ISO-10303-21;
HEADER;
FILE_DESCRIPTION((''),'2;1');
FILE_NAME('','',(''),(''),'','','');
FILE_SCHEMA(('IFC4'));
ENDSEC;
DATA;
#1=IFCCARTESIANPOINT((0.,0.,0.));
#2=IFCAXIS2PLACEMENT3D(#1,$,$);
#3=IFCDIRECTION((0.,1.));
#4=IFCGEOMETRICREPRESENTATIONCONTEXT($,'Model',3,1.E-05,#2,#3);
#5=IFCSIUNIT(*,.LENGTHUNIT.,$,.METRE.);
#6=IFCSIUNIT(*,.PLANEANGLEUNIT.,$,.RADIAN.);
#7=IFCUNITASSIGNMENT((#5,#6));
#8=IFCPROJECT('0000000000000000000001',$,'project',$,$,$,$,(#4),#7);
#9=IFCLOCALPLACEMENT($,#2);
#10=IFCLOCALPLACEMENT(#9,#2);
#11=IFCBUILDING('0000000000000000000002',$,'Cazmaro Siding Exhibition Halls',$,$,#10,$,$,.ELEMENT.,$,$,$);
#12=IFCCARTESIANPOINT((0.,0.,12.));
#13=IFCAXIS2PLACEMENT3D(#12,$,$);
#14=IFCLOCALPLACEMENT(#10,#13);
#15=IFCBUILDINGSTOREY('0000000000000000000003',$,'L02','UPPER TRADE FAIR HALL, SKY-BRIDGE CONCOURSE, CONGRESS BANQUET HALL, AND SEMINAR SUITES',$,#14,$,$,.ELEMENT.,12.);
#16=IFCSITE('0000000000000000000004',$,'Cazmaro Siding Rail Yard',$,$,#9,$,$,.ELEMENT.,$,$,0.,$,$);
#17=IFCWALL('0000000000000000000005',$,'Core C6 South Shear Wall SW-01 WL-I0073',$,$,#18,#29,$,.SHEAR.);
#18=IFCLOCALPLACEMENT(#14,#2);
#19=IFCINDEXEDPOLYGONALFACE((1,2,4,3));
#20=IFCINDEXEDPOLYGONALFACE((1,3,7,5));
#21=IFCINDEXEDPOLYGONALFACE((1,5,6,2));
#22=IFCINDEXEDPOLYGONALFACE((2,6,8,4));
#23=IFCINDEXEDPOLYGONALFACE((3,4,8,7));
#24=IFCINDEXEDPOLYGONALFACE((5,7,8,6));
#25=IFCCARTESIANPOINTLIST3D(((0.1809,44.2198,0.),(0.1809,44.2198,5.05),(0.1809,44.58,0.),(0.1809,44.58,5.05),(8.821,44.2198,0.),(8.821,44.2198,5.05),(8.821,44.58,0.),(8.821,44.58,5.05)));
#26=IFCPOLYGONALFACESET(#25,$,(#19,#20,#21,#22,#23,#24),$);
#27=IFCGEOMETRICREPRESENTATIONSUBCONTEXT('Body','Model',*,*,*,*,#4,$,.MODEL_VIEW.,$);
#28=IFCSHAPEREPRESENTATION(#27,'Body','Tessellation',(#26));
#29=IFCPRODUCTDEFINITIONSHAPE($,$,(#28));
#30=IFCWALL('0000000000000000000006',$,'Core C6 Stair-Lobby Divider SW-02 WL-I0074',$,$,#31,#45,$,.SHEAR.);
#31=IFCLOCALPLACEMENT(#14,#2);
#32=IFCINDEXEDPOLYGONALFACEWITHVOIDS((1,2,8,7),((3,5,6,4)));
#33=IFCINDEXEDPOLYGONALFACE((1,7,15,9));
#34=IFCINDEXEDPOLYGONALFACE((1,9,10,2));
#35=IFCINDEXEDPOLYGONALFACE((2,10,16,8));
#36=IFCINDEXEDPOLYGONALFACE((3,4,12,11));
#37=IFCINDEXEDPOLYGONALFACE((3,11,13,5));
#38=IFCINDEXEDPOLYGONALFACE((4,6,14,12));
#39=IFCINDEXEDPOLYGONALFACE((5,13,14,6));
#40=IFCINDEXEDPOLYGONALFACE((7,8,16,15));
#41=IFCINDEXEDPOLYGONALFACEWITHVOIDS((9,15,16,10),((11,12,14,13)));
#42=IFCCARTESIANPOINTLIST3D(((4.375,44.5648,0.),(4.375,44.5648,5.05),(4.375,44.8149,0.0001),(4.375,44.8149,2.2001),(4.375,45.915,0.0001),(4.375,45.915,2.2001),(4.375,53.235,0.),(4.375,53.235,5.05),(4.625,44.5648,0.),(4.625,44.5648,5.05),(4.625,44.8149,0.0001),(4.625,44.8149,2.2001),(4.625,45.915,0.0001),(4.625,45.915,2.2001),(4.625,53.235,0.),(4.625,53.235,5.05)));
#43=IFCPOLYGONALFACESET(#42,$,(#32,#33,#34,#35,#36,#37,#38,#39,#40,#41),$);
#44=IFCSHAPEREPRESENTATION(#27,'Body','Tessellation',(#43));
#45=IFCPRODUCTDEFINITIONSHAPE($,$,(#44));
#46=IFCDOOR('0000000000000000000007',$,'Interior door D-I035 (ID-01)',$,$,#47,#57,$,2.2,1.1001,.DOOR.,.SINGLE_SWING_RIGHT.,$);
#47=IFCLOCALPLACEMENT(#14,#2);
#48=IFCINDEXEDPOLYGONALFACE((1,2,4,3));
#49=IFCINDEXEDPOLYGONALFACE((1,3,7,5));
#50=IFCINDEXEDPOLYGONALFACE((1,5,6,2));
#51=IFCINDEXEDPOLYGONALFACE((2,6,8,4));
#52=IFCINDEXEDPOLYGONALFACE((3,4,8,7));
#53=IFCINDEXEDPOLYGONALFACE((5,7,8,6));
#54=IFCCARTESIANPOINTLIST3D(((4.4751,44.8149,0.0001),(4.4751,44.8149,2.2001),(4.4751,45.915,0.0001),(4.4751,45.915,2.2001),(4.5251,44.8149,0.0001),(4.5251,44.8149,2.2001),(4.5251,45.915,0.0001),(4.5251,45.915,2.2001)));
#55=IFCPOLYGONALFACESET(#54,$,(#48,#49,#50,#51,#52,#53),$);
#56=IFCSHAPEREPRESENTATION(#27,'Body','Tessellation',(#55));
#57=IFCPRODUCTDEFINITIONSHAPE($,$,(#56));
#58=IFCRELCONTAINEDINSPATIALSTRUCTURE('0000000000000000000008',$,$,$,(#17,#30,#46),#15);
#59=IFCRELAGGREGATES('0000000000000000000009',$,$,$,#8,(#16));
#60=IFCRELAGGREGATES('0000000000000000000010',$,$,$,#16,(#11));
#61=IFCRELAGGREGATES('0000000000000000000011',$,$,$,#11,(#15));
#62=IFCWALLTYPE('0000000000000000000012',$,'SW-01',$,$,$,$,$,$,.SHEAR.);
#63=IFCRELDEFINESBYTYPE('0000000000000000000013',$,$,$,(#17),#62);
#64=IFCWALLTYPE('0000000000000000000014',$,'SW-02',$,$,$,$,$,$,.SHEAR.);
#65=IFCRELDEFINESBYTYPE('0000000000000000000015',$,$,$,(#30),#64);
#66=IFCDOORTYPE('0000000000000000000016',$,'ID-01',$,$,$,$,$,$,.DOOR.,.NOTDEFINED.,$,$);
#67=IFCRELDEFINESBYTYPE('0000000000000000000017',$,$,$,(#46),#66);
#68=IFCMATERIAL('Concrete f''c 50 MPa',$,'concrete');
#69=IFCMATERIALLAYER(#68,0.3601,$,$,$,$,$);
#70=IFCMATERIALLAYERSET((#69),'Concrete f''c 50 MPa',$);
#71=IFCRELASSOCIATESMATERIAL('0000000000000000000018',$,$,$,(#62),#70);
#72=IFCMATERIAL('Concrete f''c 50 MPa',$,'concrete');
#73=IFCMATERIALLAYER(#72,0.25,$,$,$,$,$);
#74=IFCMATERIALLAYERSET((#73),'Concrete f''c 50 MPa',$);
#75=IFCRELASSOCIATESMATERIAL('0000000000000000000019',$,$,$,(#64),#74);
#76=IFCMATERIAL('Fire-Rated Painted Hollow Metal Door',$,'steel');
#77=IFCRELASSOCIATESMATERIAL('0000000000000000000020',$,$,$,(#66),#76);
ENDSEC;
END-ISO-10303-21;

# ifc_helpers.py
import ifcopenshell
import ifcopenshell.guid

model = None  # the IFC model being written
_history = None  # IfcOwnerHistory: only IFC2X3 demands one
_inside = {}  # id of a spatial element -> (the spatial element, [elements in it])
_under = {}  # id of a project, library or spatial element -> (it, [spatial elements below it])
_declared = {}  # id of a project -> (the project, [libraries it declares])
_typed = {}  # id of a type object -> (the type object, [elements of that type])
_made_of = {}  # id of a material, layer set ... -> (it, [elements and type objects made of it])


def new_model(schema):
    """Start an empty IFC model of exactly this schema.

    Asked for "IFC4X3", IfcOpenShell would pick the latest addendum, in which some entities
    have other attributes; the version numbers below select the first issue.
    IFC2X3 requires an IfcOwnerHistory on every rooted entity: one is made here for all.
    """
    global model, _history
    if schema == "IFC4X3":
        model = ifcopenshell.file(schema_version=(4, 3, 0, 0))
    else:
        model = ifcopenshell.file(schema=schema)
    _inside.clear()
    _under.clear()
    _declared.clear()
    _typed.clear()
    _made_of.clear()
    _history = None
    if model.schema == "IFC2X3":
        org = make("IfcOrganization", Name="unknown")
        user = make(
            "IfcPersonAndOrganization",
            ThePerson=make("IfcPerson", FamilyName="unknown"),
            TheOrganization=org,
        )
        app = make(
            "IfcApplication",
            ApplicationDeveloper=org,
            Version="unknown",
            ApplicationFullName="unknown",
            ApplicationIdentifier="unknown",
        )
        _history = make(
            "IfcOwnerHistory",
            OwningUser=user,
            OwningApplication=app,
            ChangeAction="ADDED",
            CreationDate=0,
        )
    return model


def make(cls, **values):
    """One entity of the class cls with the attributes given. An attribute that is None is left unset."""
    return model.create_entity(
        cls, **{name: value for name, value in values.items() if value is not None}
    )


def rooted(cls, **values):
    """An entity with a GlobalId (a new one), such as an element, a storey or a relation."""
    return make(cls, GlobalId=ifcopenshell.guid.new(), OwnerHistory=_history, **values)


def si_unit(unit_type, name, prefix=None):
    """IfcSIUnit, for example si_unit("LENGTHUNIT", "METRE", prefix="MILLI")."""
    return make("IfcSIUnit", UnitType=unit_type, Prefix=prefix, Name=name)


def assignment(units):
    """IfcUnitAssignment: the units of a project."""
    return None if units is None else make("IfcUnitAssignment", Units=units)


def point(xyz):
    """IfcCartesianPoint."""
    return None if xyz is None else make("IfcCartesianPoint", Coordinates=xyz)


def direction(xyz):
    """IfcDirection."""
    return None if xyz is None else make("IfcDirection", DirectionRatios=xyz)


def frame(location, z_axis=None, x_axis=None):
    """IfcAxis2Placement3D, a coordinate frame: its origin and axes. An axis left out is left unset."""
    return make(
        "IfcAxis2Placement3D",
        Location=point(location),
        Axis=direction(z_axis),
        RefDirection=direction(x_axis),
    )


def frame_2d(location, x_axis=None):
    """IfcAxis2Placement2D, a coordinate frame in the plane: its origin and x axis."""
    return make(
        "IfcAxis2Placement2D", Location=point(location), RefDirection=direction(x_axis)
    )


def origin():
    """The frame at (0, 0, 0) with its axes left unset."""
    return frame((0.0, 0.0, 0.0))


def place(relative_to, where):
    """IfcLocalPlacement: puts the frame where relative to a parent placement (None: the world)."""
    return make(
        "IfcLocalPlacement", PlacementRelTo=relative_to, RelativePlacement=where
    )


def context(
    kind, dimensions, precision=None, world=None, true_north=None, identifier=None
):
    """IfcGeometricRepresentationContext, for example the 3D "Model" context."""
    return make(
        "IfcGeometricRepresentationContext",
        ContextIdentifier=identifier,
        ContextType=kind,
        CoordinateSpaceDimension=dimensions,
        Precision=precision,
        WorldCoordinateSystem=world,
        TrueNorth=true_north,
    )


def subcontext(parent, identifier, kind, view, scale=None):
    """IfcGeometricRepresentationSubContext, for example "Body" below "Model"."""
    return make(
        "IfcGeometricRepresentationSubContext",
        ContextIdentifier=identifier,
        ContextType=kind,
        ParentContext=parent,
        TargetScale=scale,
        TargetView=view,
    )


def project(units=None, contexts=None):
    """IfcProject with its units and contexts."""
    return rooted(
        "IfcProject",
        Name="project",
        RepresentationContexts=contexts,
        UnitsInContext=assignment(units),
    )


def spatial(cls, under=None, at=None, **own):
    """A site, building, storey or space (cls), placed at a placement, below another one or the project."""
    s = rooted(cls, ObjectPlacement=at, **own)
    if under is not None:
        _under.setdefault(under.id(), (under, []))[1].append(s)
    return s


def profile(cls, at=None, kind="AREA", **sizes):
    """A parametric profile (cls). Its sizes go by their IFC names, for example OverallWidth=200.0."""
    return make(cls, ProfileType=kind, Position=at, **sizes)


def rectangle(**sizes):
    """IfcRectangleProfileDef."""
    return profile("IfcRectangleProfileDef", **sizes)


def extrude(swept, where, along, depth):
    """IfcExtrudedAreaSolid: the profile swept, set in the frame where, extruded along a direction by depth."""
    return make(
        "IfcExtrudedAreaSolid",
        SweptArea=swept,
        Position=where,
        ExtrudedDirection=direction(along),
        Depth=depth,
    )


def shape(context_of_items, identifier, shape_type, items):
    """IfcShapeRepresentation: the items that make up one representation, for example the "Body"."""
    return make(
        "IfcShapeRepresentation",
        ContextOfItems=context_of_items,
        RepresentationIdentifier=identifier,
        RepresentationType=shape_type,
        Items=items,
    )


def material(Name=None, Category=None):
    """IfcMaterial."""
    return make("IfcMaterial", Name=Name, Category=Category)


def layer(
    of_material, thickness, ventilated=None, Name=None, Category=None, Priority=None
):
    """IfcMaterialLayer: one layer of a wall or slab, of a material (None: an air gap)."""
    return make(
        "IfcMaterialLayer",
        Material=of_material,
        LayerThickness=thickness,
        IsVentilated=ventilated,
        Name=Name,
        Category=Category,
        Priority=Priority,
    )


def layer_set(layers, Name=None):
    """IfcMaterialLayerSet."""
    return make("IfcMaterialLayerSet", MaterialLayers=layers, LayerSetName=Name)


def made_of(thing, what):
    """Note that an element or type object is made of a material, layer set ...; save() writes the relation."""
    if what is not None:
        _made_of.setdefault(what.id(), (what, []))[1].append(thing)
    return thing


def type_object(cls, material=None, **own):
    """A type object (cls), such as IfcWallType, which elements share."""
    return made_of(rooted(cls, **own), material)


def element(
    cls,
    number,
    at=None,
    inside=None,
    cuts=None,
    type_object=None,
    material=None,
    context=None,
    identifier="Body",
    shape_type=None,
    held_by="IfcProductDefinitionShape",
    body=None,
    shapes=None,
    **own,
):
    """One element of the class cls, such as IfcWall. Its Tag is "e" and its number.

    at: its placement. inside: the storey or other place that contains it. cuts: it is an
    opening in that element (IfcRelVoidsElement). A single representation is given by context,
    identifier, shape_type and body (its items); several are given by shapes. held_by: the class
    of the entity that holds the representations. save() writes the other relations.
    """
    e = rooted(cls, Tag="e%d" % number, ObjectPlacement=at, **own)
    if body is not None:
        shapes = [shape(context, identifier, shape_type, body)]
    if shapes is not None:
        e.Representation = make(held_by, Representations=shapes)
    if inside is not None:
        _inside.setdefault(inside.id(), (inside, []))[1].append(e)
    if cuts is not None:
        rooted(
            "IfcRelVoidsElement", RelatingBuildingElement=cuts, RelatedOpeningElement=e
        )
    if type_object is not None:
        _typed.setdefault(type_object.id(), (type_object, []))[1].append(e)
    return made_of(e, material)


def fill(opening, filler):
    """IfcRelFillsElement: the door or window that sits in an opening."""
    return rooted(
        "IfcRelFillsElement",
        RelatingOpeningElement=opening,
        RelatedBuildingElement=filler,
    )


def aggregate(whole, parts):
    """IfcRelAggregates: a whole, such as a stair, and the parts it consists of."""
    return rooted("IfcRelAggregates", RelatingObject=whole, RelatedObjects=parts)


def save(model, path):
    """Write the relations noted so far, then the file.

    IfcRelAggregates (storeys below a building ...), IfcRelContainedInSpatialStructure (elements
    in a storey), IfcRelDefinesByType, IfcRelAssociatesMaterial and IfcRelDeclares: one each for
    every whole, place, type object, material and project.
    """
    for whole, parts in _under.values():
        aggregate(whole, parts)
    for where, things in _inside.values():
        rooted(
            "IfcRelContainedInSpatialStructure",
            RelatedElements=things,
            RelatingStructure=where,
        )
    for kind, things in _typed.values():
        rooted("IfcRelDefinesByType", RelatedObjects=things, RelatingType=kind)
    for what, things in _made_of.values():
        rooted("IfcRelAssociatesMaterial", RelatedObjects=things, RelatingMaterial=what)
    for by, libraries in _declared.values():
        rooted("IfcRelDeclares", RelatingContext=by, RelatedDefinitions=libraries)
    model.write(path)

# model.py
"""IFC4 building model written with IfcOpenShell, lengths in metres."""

from ifc_helpers import new_model, si_unit, direction, frame, frame_2d, origin, place, context, subcontext, project, spatial, rectangle, extrude, material, layer, layer_set, type_object, element, fill, save


model = new_model("IFC4")

# Units and contexts
model_context = context("Model", 3, precision=1e-05, world=origin(), true_north=direction((0.0, 1.0)))
body_context = subcontext(model_context, "Body", "Model", "MODEL_VIEW")
ifc_project = project(units=[si_unit("LENGTHUNIT", "METRE"), si_unit("PLANEANGLEUNIT", "RADIAN")], contexts=[model_context])

# Site, building, storey
site_placement = place(None, origin())
site = spatial("IfcSite", under=ifc_project, at=site_placement, Name="Cazmaro Siding Rail Yard", CompositionType="ELEMENT", RefElevation=0.0)
building_placement = place(site_placement, origin())
building = spatial("IfcBuilding", under=site, at=building_placement, Name="Cazmaro Siding Exhibition Halls", CompositionType="ELEMENT")
storey_placement = place(building_placement, frame((0.0, 0.0, 12.0)))
storey = spatial("IfcBuildingStorey", under=building, at=storey_placement, Name="L02", Description="UPPER TRADE FAIR HALL, SKY-BRIDGE CONCOURSE, CONGRESS BANQUET HALL, AND SEMINAR SUITES", CompositionType="ELEMENT", Elevation=12.0)

# Wall
ifc_material_1 = material(Name="Concrete f'c 50 MPa", Category="concrete")
ifc_layer_1 = layer(ifc_material_1, 0.3601)
ifc_layer_set_1 = layer_set([ifc_layer_1], Name="Concrete f'c 50 MPa")
wall_type_1 = type_object("IfcWallType", Name="SW-01", PredefinedType="SHEAR", material=ifc_layer_set_1)
wall_1_placement = place(storey_placement, frame((0.1809, 44.3999, 0.0), z_axis=(0.0, 0.0, 1.0), x_axis=(1.0, 0.0, 0.0)))
element("IfcWall", 1, at=wall_1_placement, inside=storey, type_object=wall_type_1, Name="Core C6 South Shear Wall SW-01 WL-I0073", PredefinedType="SHEAR", context=body_context, shape_type="SweptSolid", body=[
    extrude(rectangle(XDim=8.6401, YDim=0.3601, at=frame_2d((4.3201, 0.0))), origin(), (0.0, 0.0, 1.0), 5.05),
])

# Wall, opening, door
ifc_material_2 = material(Name="Concrete f'c 50 MPa", Category="concrete")
ifc_layer_2 = layer(ifc_material_2, 0.25)
ifc_layer_set_2 = layer_set([ifc_layer_2], Name="Concrete f'c 50 MPa")
wall_type_2 = type_object("IfcWallType", Name="SW-02", PredefinedType="SHEAR", material=ifc_layer_set_2)
wall_2_placement = place(storey_placement, frame((4.5, 44.5649, 0.0), z_axis=(0.0, 0.0, 1.0), x_axis=(0.0, 1.0, 0.0)))
wall_2 = element("IfcWall", 2, at=wall_2_placement, inside=storey, type_object=wall_type_2, Name="Core C6 Stair-Lobby Divider SW-02 WL-I0074", PredefinedType="SHEAR", context=body_context, shape_type="SweptSolid", body=[
    extrude(rectangle(XDim=8.6702, YDim=0.25, at=frame_2d((4.335, 0.0))), origin(), (0.0, 0.0, 1.0), 5.05),
])
opening_1_placement = place(wall_2_placement, frame((0.25, 0.0, 0.0)))
opening_1 = element("IfcOpeningElement", 3, at=opening_1_placement, cuts=wall_2, PredefinedType="OPENING", context=body_context, shape_type="SweptSolid", body=[
    extrude(rectangle(XDim=1.1001, YDim=2.2, at=frame_2d((0.55, 1.1001))), frame((0.0, 0.135, 0.0), z_axis=(0.0, -1.0, 0.0), x_axis=(1.0, 0.0, 0.0)), (0.0, 0.0, 1.0), 0.27),
])
ifc_material_3 = material(Name="Fire-Rated Painted Hollow Metal Door", Category="steel")
door_type = type_object("IfcDoorType", Name="ID-01", OperationType="NOTDEFINED", PredefinedType="DOOR", material=ifc_material_3)
door_placement = place(opening_1_placement, origin())
door = element("IfcDoor", 4, at=door_placement, inside=storey, type_object=door_type, Name="Interior door D-I035 (ID-01)", OperationType="SINGLE_SWING_RIGHT", OverallHeight=2.2, OverallWidth=1.1001, PredefinedType="DOOR", context=body_context, shape_type="SweptSolid", body=[
    extrude(rectangle(XDim=1.1001, YDim=2.2, at=frame_2d((0.55, 1.1001))), frame((0.0, 0.0249, 0.0), z_axis=(0.0, -1.0, 0.0), x_axis=(1.0, 0.0, 0.0)), (0.0, 0.0, 1.0), 0.05),
])
fill(opening_1, door)

save(model, "model.ifc")
